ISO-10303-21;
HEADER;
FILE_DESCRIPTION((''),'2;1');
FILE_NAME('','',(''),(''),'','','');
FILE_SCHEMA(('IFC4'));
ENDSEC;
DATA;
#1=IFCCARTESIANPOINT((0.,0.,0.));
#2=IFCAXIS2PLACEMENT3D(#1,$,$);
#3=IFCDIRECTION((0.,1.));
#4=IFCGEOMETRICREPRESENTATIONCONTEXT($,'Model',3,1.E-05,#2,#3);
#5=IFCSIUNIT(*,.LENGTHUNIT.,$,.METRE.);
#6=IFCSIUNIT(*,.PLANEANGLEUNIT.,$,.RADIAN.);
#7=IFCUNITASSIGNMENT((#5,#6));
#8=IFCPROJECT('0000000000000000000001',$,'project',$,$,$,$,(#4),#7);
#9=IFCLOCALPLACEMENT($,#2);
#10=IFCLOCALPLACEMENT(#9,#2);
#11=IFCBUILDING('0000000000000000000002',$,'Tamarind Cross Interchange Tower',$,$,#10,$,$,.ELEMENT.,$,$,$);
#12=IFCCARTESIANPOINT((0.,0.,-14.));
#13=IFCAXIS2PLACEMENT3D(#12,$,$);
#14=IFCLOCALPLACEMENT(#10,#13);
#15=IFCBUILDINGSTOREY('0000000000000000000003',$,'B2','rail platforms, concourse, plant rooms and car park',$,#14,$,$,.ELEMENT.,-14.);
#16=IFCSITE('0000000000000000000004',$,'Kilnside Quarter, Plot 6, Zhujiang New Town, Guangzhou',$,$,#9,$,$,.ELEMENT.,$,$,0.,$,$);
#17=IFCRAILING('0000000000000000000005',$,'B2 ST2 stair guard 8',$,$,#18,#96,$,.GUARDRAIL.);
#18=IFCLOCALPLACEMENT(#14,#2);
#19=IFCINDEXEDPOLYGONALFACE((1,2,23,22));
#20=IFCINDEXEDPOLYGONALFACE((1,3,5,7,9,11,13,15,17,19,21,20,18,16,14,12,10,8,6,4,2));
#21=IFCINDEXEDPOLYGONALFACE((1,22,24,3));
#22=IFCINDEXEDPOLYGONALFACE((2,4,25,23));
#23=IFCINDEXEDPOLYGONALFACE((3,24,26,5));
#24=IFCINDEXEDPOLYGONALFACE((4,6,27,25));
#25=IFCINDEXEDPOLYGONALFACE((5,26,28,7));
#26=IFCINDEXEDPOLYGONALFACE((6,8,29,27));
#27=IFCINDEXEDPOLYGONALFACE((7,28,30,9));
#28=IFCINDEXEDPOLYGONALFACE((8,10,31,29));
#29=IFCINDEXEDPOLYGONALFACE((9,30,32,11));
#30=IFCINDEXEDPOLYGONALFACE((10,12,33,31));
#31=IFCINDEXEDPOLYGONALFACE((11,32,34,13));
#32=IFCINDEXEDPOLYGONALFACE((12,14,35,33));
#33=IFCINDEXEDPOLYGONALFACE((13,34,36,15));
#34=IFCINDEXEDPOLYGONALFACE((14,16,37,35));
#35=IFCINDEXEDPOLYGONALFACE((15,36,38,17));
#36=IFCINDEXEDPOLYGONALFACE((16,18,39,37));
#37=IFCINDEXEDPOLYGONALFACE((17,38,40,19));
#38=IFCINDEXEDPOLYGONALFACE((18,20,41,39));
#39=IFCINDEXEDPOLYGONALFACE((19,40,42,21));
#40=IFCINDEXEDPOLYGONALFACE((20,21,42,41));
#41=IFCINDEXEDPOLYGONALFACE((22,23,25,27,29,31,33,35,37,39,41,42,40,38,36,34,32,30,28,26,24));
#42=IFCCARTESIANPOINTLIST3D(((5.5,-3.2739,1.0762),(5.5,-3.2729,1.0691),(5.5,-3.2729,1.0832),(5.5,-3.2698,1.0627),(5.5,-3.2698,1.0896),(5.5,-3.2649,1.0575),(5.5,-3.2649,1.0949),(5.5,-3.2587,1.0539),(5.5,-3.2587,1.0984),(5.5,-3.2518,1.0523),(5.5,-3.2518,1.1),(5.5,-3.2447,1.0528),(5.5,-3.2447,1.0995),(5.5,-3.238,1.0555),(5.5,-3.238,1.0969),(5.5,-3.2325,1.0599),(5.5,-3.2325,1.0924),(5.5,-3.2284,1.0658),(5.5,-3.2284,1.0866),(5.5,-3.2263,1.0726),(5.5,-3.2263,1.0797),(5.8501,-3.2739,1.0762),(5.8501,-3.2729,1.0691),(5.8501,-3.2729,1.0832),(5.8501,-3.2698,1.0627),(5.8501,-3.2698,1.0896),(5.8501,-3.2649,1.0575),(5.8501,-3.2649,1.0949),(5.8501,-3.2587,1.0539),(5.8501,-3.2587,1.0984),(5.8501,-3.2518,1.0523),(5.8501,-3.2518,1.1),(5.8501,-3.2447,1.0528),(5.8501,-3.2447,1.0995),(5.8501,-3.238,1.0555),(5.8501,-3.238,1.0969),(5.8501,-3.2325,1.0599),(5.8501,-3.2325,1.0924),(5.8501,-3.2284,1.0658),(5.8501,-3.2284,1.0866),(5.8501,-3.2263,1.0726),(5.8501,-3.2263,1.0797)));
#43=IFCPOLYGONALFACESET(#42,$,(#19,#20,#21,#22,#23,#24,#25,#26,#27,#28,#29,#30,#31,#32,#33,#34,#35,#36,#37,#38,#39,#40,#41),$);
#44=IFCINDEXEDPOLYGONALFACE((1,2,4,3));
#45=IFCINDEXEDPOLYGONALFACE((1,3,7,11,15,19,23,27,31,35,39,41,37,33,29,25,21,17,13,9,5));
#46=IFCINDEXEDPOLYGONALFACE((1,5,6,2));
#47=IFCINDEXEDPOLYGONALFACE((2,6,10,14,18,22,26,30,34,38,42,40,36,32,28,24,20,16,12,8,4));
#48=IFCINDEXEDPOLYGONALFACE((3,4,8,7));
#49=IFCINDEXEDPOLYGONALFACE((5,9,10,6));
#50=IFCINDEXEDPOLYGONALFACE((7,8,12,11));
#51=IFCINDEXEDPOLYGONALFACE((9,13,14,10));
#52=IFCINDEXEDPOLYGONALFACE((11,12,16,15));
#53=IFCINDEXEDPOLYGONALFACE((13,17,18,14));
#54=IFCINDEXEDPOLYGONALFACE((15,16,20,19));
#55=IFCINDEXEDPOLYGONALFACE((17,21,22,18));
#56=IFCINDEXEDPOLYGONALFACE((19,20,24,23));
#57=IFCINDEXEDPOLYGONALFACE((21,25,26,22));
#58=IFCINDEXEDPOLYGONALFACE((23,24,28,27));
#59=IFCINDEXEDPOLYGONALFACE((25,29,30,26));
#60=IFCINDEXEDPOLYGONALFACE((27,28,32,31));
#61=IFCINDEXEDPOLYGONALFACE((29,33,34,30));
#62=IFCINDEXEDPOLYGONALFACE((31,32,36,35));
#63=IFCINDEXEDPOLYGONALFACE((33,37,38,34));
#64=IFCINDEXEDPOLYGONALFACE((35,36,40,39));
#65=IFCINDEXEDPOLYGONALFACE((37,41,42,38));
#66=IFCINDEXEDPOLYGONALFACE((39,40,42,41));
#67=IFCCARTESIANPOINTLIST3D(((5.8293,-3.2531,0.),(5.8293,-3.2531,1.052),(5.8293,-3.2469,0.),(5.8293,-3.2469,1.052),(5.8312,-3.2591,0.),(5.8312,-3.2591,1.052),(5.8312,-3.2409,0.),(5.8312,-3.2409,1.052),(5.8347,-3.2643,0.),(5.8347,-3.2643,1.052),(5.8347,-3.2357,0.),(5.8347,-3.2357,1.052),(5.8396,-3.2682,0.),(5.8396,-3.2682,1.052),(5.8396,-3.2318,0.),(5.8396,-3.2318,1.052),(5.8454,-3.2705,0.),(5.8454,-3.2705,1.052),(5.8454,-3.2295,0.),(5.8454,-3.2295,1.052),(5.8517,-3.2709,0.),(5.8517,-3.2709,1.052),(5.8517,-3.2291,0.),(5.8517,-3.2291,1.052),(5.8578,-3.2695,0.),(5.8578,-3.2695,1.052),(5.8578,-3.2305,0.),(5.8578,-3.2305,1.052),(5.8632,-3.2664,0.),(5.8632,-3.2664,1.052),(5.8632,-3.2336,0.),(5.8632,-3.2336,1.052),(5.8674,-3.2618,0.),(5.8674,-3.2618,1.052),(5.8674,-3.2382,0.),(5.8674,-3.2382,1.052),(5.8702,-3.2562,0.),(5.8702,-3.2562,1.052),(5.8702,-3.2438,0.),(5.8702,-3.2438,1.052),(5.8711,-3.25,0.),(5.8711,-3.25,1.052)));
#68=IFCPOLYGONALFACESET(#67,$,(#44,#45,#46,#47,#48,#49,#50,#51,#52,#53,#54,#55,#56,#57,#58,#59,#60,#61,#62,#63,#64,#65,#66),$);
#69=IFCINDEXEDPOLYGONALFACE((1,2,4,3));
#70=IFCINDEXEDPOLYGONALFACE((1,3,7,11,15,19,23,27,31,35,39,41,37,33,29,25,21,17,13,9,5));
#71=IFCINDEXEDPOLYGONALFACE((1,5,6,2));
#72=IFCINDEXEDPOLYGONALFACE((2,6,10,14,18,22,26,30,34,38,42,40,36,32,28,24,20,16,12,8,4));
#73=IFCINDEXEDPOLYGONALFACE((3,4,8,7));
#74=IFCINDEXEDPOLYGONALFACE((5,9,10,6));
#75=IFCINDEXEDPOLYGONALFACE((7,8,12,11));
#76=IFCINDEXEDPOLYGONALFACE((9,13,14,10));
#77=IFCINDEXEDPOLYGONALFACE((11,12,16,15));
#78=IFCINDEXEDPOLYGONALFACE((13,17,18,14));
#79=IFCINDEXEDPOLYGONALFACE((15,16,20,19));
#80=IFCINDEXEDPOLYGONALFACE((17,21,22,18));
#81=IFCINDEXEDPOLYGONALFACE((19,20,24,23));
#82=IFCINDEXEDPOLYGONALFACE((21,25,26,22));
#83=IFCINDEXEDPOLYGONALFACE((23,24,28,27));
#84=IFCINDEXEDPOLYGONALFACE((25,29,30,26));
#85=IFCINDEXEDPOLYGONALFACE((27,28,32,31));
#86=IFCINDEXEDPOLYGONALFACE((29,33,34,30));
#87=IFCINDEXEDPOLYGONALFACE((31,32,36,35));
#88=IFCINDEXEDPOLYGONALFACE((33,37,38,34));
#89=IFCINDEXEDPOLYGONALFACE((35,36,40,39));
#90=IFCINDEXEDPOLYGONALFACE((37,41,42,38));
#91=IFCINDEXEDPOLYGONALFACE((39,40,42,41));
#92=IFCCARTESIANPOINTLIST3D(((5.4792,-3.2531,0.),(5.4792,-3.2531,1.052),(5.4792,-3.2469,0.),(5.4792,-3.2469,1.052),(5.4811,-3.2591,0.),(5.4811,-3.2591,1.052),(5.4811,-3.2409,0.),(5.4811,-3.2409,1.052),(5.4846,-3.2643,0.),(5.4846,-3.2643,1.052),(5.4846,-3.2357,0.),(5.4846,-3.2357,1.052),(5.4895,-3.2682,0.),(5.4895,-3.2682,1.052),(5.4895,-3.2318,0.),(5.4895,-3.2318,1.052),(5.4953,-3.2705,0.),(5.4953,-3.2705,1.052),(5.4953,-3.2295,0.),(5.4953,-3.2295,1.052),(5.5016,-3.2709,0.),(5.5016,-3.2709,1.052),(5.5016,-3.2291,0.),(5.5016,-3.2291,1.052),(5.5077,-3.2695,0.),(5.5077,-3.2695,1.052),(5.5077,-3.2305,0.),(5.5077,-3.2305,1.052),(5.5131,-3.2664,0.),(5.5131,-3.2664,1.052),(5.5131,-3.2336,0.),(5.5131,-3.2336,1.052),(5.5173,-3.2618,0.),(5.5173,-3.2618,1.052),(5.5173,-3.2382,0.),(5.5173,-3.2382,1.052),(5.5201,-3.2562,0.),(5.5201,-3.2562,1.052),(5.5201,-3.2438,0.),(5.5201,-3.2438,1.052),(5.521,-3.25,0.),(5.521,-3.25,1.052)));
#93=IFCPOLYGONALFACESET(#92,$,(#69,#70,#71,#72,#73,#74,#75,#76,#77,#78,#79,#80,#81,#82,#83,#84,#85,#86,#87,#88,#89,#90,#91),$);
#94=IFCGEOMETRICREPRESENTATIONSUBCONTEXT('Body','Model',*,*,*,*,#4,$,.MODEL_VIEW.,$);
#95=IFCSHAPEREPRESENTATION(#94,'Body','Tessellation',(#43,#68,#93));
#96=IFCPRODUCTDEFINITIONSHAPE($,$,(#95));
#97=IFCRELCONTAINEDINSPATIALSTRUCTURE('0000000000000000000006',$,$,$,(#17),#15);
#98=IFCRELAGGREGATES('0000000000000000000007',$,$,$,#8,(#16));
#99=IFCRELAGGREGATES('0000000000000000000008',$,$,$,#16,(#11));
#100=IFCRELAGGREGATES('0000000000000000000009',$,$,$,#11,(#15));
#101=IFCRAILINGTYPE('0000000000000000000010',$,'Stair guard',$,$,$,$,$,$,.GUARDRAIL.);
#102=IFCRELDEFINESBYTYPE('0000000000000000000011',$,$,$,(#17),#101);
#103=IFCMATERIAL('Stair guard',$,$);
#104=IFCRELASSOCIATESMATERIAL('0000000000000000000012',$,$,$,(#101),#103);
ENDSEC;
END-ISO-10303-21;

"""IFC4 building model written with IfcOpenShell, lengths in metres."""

from ifc_helpers import new_model, si_unit, direction, frame, origin, origin_2d, place, context, subcontext, project, spatial, circle, extrude, material, type_object, element, save


model = new_model("IFC4")

# Units and contexts
model_context = context("Model", 3, precision=1e-05, world=origin(), true_north=direction((0.0, 1.0)))
body_context = subcontext(model_context, "Body", "Model", "MODEL_VIEW")
ifc_project = project(units=[si_unit("LENGTHUNIT", "METRE"), si_unit("PLANEANGLEUNIT", "RADIAN")], contexts=[model_context])

# Site, building, storey
site_placement = place(None, origin())
site = spatial("IfcSite", under=ifc_project, at=site_placement, Name="Kilnside Quarter, Plot 6, Zhujiang New Town, Guangzhou", CompositionType="ELEMENT", RefElevation=0.0)
building_placement = place(site_placement, origin())
building = spatial("IfcBuilding", under=site, at=building_placement, Name="Tamarind Cross Interchange Tower", CompositionType="ELEMENT")
storey_placement = place(building_placement, frame((0.0, 0.0, -14.0)))
storey = spatial("IfcBuildingStorey", under=building, at=storey_placement, Name="B2", Description="rail platforms, concourse, plant rooms and car park", CompositionType="ELEMENT", Elevation=-14.0)

# Railing
ifc_material_1 = material(Name="Stair guard")
railing_type_1 = type_object("IfcRailingType", Name="Stair guard", PredefinedType="GUARDRAIL", material=ifc_material_1)
railing_1_placement = place(storey_placement, frame((5.8501, -3.25, 0.0)))
element("IfcRailing", 1, at=railing_1_placement, inside=storey, type_object=railing_type_1, Name="B2 ST2 stair guard 8", PredefinedType="GUARDRAIL", context=body_context, shape_type="SweptSolid", body=[
    extrude(circle(Radius=0.0239, at=origin_2d()), frame((0.0, 0.0, 1.0762), z_axis=(-1.0, 0.0, 0.0), x_axis=(0.0, -1.0, 0.0)), (0.0, 0.0, 1.0), 0.3501),
    extrude(circle(Radius=0.021, at=origin_2d()), origin(), (0.0, 0.0, 1.0), 1.052),
    extrude(circle(Radius=0.021, at=origin_2d()), frame((-0.3501, 0.0, 0.0)), (0.0, 0.0, 1.0), 1.052),
])

save(model, "model.ifc")
